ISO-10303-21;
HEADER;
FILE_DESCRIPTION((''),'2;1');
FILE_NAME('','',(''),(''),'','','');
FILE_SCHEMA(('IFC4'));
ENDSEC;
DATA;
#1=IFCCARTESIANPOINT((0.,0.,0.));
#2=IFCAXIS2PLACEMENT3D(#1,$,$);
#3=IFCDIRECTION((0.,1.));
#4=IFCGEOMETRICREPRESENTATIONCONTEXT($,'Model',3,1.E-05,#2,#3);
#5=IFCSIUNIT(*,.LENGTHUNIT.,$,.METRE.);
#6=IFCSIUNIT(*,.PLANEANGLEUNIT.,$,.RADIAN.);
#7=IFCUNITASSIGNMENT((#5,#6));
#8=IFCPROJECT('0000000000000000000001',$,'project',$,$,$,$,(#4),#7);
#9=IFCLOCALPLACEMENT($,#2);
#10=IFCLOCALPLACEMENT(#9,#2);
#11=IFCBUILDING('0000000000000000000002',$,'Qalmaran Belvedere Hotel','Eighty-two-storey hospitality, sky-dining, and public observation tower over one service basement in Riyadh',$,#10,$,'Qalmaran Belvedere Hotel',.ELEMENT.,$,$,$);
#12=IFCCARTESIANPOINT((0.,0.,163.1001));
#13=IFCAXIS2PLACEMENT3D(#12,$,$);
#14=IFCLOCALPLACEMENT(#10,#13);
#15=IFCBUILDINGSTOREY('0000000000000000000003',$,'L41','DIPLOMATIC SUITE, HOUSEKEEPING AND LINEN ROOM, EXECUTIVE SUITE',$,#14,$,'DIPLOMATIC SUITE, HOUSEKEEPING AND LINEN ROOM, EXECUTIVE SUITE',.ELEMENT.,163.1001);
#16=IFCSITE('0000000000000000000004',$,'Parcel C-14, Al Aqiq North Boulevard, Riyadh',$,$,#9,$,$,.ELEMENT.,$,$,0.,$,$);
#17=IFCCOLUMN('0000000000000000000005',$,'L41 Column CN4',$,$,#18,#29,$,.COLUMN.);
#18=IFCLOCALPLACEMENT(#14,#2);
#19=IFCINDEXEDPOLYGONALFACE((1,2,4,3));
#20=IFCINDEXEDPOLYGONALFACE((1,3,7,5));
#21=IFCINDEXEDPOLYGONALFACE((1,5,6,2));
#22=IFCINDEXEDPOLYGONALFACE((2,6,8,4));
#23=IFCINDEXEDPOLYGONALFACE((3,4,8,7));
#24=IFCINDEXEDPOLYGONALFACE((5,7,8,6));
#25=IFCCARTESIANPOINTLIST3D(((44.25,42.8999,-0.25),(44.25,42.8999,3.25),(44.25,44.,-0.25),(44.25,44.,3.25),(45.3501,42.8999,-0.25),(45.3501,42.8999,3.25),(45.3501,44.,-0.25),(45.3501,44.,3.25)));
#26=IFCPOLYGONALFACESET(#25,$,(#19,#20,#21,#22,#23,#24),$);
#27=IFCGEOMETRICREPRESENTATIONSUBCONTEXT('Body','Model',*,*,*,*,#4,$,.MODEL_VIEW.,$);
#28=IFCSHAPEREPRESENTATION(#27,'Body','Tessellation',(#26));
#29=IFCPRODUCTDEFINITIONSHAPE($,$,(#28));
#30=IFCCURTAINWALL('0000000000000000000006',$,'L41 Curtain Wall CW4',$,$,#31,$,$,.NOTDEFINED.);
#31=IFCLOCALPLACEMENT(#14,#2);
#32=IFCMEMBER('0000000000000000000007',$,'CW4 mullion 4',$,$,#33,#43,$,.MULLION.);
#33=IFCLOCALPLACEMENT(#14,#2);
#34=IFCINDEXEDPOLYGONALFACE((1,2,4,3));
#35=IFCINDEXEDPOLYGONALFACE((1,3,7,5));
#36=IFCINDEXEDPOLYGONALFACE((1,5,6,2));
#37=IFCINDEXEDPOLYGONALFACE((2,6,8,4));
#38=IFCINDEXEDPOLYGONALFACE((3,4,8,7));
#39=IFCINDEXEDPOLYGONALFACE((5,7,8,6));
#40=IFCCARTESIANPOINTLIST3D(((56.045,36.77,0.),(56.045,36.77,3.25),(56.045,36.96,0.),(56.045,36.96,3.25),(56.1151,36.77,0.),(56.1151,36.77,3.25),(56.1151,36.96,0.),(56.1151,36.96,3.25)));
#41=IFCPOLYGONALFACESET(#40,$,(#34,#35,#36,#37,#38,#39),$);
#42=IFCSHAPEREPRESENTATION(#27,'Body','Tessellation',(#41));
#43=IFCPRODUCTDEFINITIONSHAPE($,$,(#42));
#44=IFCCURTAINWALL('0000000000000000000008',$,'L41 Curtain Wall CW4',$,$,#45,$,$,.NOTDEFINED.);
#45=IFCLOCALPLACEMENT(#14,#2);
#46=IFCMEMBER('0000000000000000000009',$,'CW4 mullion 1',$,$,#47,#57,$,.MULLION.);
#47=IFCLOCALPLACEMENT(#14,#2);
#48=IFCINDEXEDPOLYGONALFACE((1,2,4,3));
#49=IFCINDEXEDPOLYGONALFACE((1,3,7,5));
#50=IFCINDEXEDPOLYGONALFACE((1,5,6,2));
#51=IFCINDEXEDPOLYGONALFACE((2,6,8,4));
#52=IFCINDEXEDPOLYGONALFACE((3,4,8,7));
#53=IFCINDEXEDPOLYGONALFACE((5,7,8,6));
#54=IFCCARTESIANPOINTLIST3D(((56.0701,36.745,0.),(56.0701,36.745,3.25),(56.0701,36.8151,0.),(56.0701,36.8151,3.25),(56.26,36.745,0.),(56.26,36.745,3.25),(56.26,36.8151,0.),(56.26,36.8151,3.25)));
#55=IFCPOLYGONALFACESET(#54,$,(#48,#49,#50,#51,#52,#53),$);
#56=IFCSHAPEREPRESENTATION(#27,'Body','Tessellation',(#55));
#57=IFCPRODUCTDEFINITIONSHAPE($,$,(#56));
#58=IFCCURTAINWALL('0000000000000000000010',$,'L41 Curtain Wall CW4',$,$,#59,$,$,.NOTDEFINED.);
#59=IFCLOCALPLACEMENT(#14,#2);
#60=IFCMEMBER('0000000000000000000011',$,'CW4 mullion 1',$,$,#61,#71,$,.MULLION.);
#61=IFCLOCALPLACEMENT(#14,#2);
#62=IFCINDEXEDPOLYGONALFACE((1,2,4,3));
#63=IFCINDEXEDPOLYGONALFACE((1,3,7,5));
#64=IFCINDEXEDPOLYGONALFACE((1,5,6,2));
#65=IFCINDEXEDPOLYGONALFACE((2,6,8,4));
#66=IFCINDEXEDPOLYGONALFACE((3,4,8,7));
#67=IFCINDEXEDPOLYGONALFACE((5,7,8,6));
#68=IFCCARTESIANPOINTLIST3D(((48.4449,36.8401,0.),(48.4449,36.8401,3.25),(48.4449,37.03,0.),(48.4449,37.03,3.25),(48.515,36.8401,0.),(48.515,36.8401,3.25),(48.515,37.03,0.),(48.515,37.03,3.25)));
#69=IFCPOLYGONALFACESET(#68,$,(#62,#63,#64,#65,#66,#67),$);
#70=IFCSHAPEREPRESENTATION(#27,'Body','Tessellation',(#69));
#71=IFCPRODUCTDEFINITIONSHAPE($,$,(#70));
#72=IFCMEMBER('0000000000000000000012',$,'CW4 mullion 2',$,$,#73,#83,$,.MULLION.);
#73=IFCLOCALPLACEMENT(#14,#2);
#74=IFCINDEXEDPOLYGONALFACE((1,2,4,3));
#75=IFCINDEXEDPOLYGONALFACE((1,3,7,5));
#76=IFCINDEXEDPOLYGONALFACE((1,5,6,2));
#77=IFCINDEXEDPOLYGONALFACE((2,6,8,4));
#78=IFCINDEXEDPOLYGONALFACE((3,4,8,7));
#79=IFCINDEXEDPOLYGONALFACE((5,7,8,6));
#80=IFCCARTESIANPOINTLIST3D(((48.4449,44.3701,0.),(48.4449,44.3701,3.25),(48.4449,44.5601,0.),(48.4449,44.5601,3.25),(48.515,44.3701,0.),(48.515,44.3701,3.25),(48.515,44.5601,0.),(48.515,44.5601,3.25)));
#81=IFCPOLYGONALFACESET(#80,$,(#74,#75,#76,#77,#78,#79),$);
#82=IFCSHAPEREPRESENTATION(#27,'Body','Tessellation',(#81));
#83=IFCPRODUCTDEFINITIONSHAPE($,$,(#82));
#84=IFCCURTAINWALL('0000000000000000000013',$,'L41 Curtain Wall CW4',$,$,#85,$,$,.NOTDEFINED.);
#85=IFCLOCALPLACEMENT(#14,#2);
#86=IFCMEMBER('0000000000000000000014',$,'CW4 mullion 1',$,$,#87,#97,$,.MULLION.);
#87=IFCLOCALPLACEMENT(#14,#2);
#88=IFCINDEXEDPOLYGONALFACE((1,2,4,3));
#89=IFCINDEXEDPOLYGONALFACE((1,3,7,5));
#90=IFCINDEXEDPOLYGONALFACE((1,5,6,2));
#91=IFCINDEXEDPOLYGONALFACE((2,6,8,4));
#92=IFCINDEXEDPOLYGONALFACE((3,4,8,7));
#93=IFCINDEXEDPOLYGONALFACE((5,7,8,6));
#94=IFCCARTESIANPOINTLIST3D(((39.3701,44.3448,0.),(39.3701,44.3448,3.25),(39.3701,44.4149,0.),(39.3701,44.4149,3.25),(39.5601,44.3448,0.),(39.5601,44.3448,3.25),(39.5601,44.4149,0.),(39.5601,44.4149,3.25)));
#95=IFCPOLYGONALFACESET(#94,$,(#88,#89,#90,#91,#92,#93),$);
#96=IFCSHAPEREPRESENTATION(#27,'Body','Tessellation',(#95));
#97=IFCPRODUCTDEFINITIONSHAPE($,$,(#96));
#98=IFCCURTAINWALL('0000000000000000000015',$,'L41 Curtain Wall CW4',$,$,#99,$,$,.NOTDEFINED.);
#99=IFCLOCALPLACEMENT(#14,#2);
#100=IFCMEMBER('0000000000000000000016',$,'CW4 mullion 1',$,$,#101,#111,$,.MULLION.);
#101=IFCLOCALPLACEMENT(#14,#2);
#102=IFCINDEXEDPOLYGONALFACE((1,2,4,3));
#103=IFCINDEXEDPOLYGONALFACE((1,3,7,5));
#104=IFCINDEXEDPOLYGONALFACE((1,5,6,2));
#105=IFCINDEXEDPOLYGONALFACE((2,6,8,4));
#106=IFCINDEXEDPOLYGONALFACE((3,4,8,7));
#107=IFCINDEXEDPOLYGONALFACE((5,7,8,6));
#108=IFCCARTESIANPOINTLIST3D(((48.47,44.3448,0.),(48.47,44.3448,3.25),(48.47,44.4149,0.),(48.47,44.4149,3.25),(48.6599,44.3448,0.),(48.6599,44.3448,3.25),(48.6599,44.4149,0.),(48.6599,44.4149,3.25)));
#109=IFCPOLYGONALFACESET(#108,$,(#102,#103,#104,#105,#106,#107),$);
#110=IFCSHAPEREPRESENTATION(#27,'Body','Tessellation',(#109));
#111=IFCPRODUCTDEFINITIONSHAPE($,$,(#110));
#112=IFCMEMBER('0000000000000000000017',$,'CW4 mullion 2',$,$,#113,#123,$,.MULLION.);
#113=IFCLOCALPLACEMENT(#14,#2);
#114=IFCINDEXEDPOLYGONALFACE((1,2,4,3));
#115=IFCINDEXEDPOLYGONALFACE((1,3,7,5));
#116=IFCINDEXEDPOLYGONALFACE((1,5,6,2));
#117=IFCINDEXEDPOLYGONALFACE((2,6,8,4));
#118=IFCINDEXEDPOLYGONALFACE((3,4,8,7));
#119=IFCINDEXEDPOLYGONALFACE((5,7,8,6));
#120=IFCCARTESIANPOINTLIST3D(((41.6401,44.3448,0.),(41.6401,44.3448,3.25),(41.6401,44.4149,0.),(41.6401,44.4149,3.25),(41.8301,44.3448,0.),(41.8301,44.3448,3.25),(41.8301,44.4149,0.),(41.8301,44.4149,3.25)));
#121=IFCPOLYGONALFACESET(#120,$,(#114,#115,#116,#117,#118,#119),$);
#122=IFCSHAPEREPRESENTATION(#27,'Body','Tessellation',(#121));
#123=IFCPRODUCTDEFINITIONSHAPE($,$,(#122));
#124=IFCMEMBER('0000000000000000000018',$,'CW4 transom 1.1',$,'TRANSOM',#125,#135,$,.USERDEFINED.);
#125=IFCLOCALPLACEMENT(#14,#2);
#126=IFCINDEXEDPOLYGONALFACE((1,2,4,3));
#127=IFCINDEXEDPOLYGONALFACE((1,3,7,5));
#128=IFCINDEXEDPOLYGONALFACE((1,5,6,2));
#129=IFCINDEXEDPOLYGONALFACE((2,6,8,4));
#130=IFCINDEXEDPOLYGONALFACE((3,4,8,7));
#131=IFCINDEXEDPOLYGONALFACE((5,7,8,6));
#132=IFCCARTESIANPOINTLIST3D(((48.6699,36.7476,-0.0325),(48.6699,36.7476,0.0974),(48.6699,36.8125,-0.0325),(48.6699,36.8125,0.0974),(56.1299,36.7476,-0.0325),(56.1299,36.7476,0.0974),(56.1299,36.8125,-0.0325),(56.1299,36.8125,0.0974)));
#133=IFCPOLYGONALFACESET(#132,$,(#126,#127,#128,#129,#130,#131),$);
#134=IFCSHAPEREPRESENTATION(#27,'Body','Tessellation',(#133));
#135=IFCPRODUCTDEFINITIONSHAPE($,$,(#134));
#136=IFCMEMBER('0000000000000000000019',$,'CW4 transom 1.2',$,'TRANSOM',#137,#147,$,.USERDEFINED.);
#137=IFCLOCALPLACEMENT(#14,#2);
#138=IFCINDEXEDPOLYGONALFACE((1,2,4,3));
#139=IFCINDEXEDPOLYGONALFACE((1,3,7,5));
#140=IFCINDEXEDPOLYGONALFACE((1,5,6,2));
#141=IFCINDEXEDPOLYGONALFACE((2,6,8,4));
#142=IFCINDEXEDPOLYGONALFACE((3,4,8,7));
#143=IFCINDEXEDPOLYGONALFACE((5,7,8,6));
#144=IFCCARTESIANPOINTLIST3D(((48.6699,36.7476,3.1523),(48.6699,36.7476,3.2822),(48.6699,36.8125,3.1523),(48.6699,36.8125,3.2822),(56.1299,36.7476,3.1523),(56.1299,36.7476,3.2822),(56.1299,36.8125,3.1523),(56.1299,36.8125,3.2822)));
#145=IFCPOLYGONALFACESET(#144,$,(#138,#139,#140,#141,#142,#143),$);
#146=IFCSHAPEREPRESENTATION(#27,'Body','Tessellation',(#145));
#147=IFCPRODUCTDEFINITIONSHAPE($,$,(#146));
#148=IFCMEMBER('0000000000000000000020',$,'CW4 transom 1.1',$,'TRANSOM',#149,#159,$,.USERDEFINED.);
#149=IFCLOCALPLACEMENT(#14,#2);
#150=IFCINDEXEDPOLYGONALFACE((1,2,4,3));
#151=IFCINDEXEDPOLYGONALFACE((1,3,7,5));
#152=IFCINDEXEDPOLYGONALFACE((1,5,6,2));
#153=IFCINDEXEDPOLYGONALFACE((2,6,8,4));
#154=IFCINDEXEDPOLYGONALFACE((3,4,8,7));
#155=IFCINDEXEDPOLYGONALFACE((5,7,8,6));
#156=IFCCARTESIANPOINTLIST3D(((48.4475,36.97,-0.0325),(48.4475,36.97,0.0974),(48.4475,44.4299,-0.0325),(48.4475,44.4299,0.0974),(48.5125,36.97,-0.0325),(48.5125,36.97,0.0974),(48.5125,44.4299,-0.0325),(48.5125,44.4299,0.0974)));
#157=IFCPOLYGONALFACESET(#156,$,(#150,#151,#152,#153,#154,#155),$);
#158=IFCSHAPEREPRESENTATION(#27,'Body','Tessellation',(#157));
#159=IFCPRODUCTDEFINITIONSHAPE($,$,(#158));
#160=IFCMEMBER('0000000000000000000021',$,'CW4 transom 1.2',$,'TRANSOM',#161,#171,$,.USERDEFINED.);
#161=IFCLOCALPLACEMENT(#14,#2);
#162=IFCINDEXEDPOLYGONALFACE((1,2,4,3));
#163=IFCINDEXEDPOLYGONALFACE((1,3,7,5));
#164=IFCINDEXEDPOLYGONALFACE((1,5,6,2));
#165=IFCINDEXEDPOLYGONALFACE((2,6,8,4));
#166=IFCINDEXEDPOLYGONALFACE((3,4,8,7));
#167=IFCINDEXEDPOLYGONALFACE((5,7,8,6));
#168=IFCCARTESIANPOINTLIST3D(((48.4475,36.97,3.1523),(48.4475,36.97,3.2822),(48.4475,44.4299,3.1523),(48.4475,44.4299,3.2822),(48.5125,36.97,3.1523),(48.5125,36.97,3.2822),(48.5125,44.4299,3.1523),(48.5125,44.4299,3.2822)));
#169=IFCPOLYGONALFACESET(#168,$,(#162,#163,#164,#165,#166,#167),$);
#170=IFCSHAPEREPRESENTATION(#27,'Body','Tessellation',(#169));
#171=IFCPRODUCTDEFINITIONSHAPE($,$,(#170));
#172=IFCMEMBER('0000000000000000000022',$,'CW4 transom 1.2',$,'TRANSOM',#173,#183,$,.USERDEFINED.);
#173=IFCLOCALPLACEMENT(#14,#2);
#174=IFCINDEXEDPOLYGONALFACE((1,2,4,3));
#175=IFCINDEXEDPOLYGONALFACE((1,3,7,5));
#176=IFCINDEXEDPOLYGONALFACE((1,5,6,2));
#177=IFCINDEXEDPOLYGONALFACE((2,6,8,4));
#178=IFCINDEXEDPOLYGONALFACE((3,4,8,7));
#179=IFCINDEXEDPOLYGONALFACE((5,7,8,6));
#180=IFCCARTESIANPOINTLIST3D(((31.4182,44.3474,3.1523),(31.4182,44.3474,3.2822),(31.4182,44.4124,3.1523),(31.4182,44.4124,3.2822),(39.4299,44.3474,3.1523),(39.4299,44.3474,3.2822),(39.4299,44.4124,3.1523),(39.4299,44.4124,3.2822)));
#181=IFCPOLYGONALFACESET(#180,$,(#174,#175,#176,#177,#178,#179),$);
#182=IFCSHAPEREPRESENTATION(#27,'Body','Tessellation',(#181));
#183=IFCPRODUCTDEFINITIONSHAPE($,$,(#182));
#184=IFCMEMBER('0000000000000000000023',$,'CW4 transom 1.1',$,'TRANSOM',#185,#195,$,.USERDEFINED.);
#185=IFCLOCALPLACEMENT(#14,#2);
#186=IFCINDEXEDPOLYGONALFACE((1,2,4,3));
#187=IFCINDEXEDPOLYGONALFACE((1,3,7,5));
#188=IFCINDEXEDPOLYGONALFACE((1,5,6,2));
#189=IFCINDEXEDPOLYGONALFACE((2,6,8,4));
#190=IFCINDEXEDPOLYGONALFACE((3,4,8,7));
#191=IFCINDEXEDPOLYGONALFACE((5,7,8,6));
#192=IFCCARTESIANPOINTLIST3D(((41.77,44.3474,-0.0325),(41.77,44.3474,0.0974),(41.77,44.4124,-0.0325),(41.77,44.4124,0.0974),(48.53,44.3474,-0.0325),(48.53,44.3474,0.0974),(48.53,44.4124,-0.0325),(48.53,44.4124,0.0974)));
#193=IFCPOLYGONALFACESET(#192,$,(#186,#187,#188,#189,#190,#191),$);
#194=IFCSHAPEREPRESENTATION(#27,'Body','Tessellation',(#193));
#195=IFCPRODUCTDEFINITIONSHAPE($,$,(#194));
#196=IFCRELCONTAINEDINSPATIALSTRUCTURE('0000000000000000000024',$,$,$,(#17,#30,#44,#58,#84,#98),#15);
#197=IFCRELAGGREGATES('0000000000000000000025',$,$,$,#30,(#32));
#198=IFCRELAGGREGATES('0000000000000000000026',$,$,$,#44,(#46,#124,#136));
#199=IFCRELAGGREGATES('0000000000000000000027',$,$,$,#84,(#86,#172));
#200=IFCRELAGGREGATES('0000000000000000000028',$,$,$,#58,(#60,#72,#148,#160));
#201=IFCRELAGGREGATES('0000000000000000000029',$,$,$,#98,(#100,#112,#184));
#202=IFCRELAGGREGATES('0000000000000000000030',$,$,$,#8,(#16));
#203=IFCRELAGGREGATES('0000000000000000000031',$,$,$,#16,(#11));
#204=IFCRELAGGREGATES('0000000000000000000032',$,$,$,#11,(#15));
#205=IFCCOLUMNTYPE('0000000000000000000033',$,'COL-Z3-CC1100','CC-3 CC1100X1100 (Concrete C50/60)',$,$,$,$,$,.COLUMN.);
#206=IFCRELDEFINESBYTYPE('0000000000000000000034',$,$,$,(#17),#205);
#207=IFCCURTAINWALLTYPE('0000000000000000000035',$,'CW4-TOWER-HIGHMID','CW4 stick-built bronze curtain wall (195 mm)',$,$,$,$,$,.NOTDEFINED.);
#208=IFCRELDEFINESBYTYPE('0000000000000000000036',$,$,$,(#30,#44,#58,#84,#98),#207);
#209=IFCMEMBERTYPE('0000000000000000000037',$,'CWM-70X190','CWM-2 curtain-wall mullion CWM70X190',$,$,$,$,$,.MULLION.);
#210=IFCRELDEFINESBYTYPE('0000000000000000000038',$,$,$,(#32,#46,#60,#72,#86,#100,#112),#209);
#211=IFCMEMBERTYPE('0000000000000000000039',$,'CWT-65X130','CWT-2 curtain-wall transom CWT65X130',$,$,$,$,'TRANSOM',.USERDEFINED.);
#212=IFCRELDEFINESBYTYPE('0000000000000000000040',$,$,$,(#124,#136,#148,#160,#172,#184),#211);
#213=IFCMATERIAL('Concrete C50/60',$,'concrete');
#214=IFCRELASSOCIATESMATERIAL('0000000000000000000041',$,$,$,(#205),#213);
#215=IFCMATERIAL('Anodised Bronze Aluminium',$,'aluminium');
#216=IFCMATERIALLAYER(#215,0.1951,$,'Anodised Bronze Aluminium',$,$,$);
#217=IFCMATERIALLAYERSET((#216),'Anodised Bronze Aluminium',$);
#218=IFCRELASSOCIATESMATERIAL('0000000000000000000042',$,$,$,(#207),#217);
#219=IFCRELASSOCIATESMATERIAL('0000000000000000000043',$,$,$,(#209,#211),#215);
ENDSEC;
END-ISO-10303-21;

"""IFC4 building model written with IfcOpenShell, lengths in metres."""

from ifc_helpers import new_model, si_unit, direction, frame, origin, origin_2d, place, context, subcontext, project, spatial, rectangle, extrude, material, layer, layer_set, material_profile, profile_set, type_object, element, aggregate, save


model = new_model("IFC4")

# Units and contexts
model_context = context("Model", 3, precision=1e-05, world=origin(), true_north=direction((0.0, 1.0)))
body_context = subcontext(model_context, "Body", "Model", "MODEL_VIEW")
ifc_project = project(units=[si_unit("LENGTHUNIT", "METRE"), si_unit("PLANEANGLEUNIT", "RADIAN")], contexts=[model_context])

# Site, building, storey
site_placement = place(None, origin())
site = spatial("IfcSite", under=ifc_project, at=site_placement, Name="Parcel C-14, Al Aqiq North Boulevard, Riyadh", CompositionType="ELEMENT", RefElevation=0.0)
building_placement = place(site_placement, origin())
building = spatial("IfcBuilding", under=site, at=building_placement, Name="Qalmaran Belvedere Hotel", Description="Eighty-two-storey hospitality, sky-dining, and public observation tower over one service basement in Riyadh", LongName="Qalmaran Belvedere Hotel", CompositionType="ELEMENT")
storey_placement = place(building_placement, frame((0.0, 0.0, 163.1001)))
storey = spatial("IfcBuildingStorey", under=building, at=storey_placement, Name="L41", Description="DIPLOMATIC SUITE, HOUSEKEEPING AND LINEN ROOM, EXECUTIVE SUITE", LongName="DIPLOMATIC SUITE, HOUSEKEEPING AND LINEN ROOM, EXECUTIVE SUITE", CompositionType="ELEMENT", Elevation=163.1001)

# Column
ifc_material_1 = material(Name="Concrete C50/60", Category="concrete")
ifc_material_profile_1 = material_profile(ifc_material_1, rectangle(XDim=1.1001, YDim=1.1001, at=origin_2d()), Name="CC1100X1100")
ifc_profile_set_1 = profile_set([ifc_material_profile_1], Name="Concrete C50/60")
column_type = type_object("IfcColumnType", Name="COL-Z3-CC1100", Description="CC-3 CC1100X1100 (Concrete C50/60)", PredefinedType="COLUMN", material=ifc_profile_set_1)
column_placement = place(storey_placement, frame((44.8, 43.45, -0.25), z_axis=(0.0, 0.0, 1.0), x_axis=(1.0, 0.0, 0.0)))
element("IfcColumn", 1, at=column_placement, inside=storey, type_object=column_type, Name="L41 Column CN4", PredefinedType="COLUMN", context=body_context, shape_type="SweptSolid", body=[
    extrude(rectangle(XDim=1.1001, YDim=1.1001, at=origin_2d()), origin(), (0.0, 0.0, 1.0), 3.5),
])

# Curtain walls, members
ifc_material_2 = material(Name="Anodised Bronze Aluminium", Category="aluminium")
ifc_layer_1 = layer(ifc_material_2, 0.1951, Name="Anodised Bronze Aluminium")
ifc_layer_set_1 = layer_set([ifc_layer_1], Name="Anodised Bronze Aluminium")
curtain_wall_type = type_object("IfcCurtainWallType", Name="CW4-TOWER-HIGHMID", Description="CW4 stick-built bronze curtain wall (195 mm)", PredefinedType="NOTDEFINED", material=ifc_layer_set_1)
curtain_wall_1_placement = place(storey_placement, origin())
curtain_wall_1 = element("IfcCurtainWall", 2, at=curtain_wall_1_placement, inside=storey, type_object=curtain_wall_type, Name="L41 Curtain Wall CW4", PredefinedType="NOTDEFINED")
ifc_material_profile_2 = material_profile(ifc_material_2, rectangle(XDim=0.0701, YDim=0.1899, at=origin_2d()), Name="CWM70X190")
ifc_profile_set_2 = profile_set([ifc_material_profile_2], Name="Anodised Bronze Aluminium")
member_type_1 = type_object("IfcMemberType", Name="CWM-70X190", Description="CWM-2 curtain-wall mullion CWM70X190", PredefinedType="MULLION", material=ifc_profile_set_2)
member_1_placement = place(storey_placement, frame((56.0801, 36.865, 0.0), z_axis=(0.0, 0.0, 1.0), x_axis=(-1.0, 0.0, 0.0)))
member_1 = element("IfcMember", 3, at=member_1_placement, type_object=member_type_1, Name="CW4 mullion 4", PredefinedType="MULLION", context=body_context, shape_type="SweptSolid", body=[
    extrude(rectangle(XDim=0.0701, YDim=0.1899, at=origin_2d()), origin(), (0.0, 0.0, 1.0), 3.25),
])
aggregate(curtain_wall_1, [member_1])
curtain_wall_2_placement = place(storey_placement, origin())
curtain_wall_2 = element("IfcCurtainWall", 4, at=curtain_wall_2_placement, inside=storey, type_object=curtain_wall_type, Name="L41 Curtain Wall CW4", PredefinedType="NOTDEFINED")
member_2_placement = place(storey_placement, frame((56.165, 36.78, 0.0), z_axis=(0.0, 0.0, 1.0), x_axis=(0.0, -1.0, 0.0)))
member_2 = element("IfcMember", 5, at=member_2_placement, type_object=member_type_1, Name="CW4 mullion 1", PredefinedType="MULLION", context=body_context, shape_type="SweptSolid", body=[
    extrude(rectangle(XDim=0.0701, YDim=0.1899, at=origin_2d()), origin(), (0.0, 0.0, 1.0), 3.25),
])

# Curtain wall, members
curtain_wall_3_placement = place(storey_placement, origin())
curtain_wall_3 = element("IfcCurtainWall", 6, at=curtain_wall_3_placement, inside=storey, type_object=curtain_wall_type, Name="L41 Curtain Wall CW4", PredefinedType="NOTDEFINED")
member_3_placement = place(storey_placement, frame((48.48, 36.9351, 0.0), z_axis=(0.0, 0.0, 1.0), x_axis=(-1.0, 0.0, 0.0)))
member_3 = element("IfcMember", 7, at=member_3_placement, type_object=member_type_1, Name="CW4 mullion 1", PredefinedType="MULLION", context=body_context, shape_type="SweptSolid", body=[
    extrude(rectangle(XDim=0.0701, YDim=0.1899, at=origin_2d()), origin(), (0.0, 0.0, 1.0), 3.25),
])
member_4_placement = place(storey_placement, frame((48.48, 44.4651, 0.0), z_axis=(0.0, 0.0, 1.0), x_axis=(-1.0, 0.0, 0.0)))
member_4 = element("IfcMember", 8, at=member_4_placement, type_object=member_type_1, Name="CW4 mullion 2", PredefinedType="MULLION", context=body_context, shape_type="SweptSolid", body=[
    extrude(rectangle(XDim=0.0701, YDim=0.1899, at=origin_2d()), origin(), (0.0, 0.0, 1.0), 3.25),
])

# Curtain wall, member
curtain_wall_4_placement = place(storey_placement, origin())
curtain_wall_4 = element("IfcCurtainWall", 9, at=curtain_wall_4_placement, inside=storey, type_object=curtain_wall_type, Name="L41 Curtain Wall CW4", PredefinedType="NOTDEFINED")
member_5_placement = place(storey_placement, frame((39.4651, 44.3799, 0.0), z_axis=(0.0, 0.0, 1.0), x_axis=(0.0, -1.0, 0.0)))
member_5 = element("IfcMember", 10, at=member_5_placement, type_object=member_type_1, Name="CW4 mullion 1", PredefinedType="MULLION", context=body_context, shape_type="SweptSolid", body=[
    extrude(rectangle(XDim=0.0701, YDim=0.1899, at=origin_2d()), origin(), (0.0, 0.0, 1.0), 3.25),
])

# Curtain wall, members
curtain_wall_5_placement = place(storey_placement, origin())
curtain_wall_5 = element("IfcCurtainWall", 11, at=curtain_wall_5_placement, inside=storey, type_object=curtain_wall_type, Name="L41 Curtain Wall CW4", PredefinedType="NOTDEFINED")
member_6_placement = place(storey_placement, frame((48.5649, 44.3799, 0.0), z_axis=(0.0, 0.0, 1.0), x_axis=(0.0, -1.0, 0.0)))
member_6 = element("IfcMember", 12, at=member_6_placement, type_object=member_type_1, Name="CW4 mullion 1", PredefinedType="MULLION", context=body_context, shape_type="SweptSolid", body=[
    extrude(rectangle(XDim=0.0701, YDim=0.1899, at=origin_2d()), origin(), (0.0, 0.0, 1.0), 3.25),
])
member_7_placement = place(storey_placement, frame((41.7351, 44.3799, 0.0), z_axis=(0.0, 0.0, 1.0), x_axis=(0.0, -1.0, 0.0)))
member_7 = element("IfcMember", 13, at=member_7_placement, type_object=member_type_1, Name="CW4 mullion 2", PredefinedType="MULLION", context=body_context, shape_type="SweptSolid", body=[
    extrude(rectangle(XDim=0.0701, YDim=0.1899, at=origin_2d()), origin(), (0.0, 0.0, 1.0), 3.25),
])

# Members
ifc_material_profile_3 = material_profile(ifc_material_2, rectangle(XDim=0.0649, YDim=0.1299, at=origin_2d()), Name="CWT65X130")
ifc_profile_set_3 = profile_set([ifc_material_profile_3], Name="Anodised Bronze Aluminium")
member_type_2 = type_object("IfcMemberType", Name="CWT-65X130", Description="CWT-2 curtain-wall transom CWT65X130", ElementType="TRANSOM", PredefinedType="USERDEFINED", material=ifc_profile_set_3)
member_8_placement = place(storey_placement, frame((56.1299, 36.78, 0.0325), z_axis=(-1.0, 0.0, 0.0), x_axis=(0.0, -1.0, 0.0)))
member_8 = element("IfcMember", 14, at=member_8_placement, type_object=member_type_2, Name="CW4 transom 1.1", ObjectType="TRANSOM", PredefinedType="USERDEFINED", context=body_context, shape_type="SweptSolid", body=[
    extrude(rectangle(XDim=0.0649, YDim=0.1299, at=origin_2d()), origin(), (0.0, 0.0, 1.0), 7.46),
])
member_9_placement = place(storey_placement, frame((56.1299, 36.78, 3.2173), z_axis=(-1.0, 0.0, 0.0), x_axis=(0.0, -1.0, 0.0)))
member_9 = element("IfcMember", 15, at=member_9_placement, type_object=member_type_2, Name="CW4 transom 1.2", ObjectType="TRANSOM", PredefinedType="USERDEFINED", context=body_context, shape_type="SweptSolid", body=[
    extrude(rectangle(XDim=0.0649, YDim=0.1299, at=origin_2d()), origin(), (0.0, 0.0, 1.0), 7.46),
])
aggregate(curtain_wall_2, [member_2, member_8, member_9])
member_10_placement = place(storey_placement, frame((48.48, 36.97, 0.0325), z_axis=(0.0, 1.0, 0.0), x_axis=(-1.0, 0.0, 0.0)))
member_10 = element("IfcMember", 16, at=member_10_placement, type_object=member_type_2, Name="CW4 transom 1.1", ObjectType="TRANSOM", PredefinedType="USERDEFINED", context=body_context, shape_type="SweptSolid", body=[
    extrude(rectangle(XDim=0.0649, YDim=0.1299, at=origin_2d()), origin(), (0.0, 0.0, 1.0), 7.46),
])
member_11_placement = place(storey_placement, frame((48.48, 36.97, 3.2173), z_axis=(0.0, 1.0, 0.0), x_axis=(-1.0, 0.0, 0.0)))
member_11 = element("IfcMember", 17, at=member_11_placement, type_object=member_type_2, Name="CW4 transom 1.2", ObjectType="TRANSOM", PredefinedType="USERDEFINED", context=body_context, shape_type="SweptSolid", body=[
    extrude(rectangle(XDim=0.0649, YDim=0.1299, at=origin_2d()), origin(), (0.0, 0.0, 1.0), 7.46),
])
member_12_placement = place(storey_placement, frame((39.4299, 44.3799, 3.2173), z_axis=(-1.0, 0.0, 0.0), x_axis=(0.0, -1.0, 0.0)))
member_12 = element("IfcMember", 18, at=member_12_placement, type_object=member_type_2, Name="CW4 transom 1.2", ObjectType="TRANSOM", PredefinedType="USERDEFINED", context=body_context, shape_type="SweptSolid", body=[
    extrude(rectangle(XDim=0.0649, YDim=0.1299, at=origin_2d()), origin(), (0.0, 0.0, 1.0), 8.0117),
])
aggregate(curtain_wall_4, [member_5, member_12])
member_13_placement = place(storey_placement, frame((48.53, 44.3799, 0.0325), z_axis=(-1.0, 0.0, 0.0), x_axis=(0.0, -1.0, 0.0)))
member_13 = element("IfcMember", 19, at=member_13_placement, type_object=member_type_2, Name="CW4 transom 1.1", ObjectType="TRANSOM", PredefinedType="USERDEFINED", context=body_context, shape_type="SweptSolid", body=[
    extrude(rectangle(XDim=0.0649, YDim=0.1299, at=origin_2d()), origin(), (0.0, 0.0, 1.0), 6.76),
])

aggregate(curtain_wall_3, [member_3, member_4, member_10, member_11])
aggregate(curtain_wall_5, [member_6, member_7, member_13])

save(model, "model.ifc")
